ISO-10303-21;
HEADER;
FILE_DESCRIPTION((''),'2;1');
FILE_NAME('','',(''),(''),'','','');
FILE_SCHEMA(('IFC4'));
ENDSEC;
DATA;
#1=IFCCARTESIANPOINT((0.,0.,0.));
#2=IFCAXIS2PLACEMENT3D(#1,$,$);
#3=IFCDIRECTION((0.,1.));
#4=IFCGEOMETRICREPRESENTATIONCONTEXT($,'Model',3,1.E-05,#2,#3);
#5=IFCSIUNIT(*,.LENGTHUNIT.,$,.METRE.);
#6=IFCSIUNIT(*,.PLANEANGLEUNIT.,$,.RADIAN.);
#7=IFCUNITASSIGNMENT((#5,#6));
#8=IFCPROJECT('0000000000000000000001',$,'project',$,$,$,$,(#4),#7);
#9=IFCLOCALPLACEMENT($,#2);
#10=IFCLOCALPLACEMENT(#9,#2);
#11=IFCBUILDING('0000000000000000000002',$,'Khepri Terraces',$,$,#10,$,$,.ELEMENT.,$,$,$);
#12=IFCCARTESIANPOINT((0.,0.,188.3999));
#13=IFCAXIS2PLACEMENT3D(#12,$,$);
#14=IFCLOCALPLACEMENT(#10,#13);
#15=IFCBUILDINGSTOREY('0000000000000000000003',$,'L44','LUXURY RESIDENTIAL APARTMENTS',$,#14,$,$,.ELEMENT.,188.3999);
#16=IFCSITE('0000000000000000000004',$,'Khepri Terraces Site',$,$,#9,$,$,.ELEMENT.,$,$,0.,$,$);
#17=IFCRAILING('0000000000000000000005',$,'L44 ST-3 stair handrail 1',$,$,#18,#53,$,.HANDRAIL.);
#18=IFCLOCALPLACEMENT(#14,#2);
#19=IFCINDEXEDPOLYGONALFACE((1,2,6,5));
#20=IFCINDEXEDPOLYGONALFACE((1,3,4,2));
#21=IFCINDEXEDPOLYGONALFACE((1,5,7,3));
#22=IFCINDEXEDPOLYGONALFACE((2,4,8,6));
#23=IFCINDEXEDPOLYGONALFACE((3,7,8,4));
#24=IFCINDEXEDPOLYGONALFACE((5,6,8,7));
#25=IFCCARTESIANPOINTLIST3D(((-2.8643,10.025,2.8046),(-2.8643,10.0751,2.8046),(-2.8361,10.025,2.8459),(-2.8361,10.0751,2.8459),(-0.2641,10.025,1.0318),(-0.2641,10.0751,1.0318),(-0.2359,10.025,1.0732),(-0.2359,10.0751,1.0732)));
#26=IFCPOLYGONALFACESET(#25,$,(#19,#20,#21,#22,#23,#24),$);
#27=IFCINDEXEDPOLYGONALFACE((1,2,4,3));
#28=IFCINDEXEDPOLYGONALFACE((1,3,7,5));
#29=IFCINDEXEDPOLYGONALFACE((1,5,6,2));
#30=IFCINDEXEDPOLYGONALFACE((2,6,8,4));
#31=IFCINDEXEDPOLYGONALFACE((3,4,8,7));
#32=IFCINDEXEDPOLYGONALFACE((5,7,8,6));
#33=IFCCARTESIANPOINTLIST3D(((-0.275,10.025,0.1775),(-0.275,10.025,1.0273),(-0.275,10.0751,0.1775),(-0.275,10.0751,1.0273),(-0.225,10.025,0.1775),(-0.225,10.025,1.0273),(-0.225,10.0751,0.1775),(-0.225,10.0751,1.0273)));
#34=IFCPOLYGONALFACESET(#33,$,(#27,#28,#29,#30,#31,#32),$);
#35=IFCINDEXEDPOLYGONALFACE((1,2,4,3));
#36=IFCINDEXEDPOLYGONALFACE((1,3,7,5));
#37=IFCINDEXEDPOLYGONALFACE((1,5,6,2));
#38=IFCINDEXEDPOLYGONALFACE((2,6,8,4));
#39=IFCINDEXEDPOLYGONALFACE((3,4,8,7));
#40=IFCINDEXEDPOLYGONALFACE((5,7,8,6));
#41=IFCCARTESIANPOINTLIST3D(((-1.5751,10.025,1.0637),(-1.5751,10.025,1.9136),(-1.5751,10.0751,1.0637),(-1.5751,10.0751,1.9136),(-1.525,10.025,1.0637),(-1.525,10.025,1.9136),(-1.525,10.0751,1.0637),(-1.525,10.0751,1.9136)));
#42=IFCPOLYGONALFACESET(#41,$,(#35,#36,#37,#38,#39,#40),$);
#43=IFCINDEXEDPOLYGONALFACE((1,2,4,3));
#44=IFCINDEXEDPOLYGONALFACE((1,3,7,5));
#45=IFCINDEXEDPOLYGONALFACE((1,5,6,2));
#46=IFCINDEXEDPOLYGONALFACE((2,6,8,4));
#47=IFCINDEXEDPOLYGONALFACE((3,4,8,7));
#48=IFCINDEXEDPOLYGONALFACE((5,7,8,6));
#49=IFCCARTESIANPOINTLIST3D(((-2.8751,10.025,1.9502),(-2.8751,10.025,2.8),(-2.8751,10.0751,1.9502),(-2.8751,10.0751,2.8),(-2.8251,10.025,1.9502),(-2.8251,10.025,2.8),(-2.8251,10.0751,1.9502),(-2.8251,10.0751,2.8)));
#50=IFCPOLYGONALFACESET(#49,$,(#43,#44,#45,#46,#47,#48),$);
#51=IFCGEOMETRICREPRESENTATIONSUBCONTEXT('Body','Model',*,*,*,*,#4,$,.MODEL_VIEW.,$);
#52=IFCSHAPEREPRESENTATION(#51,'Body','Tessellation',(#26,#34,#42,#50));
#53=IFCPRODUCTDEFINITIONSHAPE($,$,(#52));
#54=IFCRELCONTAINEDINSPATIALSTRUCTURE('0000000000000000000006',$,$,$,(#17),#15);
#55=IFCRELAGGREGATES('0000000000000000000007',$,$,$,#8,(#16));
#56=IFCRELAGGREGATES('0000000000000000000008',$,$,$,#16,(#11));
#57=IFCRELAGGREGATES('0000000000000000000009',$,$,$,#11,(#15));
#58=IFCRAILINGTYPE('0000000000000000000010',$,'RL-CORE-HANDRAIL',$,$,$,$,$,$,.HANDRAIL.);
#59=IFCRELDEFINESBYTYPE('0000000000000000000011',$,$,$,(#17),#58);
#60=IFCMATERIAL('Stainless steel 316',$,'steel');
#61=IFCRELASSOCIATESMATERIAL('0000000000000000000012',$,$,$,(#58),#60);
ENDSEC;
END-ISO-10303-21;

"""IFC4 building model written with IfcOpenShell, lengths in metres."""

from ifc_helpers import new_model, si_unit, direction, frame, origin, origin_2d, place, context, subcontext, project, spatial, rectangle, extrude, material, type_object, element, save


model = new_model("IFC4")

# Units and contexts
model_context = context("Model", 3, precision=1e-05, world=origin(), true_north=direction((0.0, 1.0)))
body_context = subcontext(model_context, "Body", "Model", "MODEL_VIEW")
ifc_project = project(units=[si_unit("LENGTHUNIT", "METRE"), si_unit("PLANEANGLEUNIT", "RADIAN")], contexts=[model_context])

# Site, building, storey
site_placement = place(None, origin())
site = spatial("IfcSite", under=ifc_project, at=site_placement, Name="Khepri Terraces Site", CompositionType="ELEMENT", RefElevation=0.0)
building_placement = place(site_placement, origin())
building = spatial("IfcBuilding", under=site, at=building_placement, Name="Khepri Terraces", CompositionType="ELEMENT")
storey_placement = place(building_placement, frame((0.0, 0.0, 188.3999)))
storey = spatial("IfcBuildingStorey", under=building, at=storey_placement, Name="L44", Description="LUXURY RESIDENTIAL APARTMENTS", CompositionType="ELEMENT", Elevation=188.3999)

# Railing
ifc_material_1 = material(Name="Stainless steel 316", Category="steel")
railing_type = type_object("IfcRailingType", Name="RL-CORE-HANDRAIL", PredefinedType="HANDRAIL", material=ifc_material_1)
railing_placement = place(storey_placement, frame((-0.25, 10.05, 0.1775)))
element("IfcRailing", 1, at=railing_placement, inside=storey, type_object=railing_type, Name="L44 ST-3 stair handrail 1", PredefinedType="HANDRAIL", context=body_context, shape_type="SweptSolid", body=[
    extrude(rectangle(XDim=0.05, YDim=0.05, at=origin_2d()), frame((0.0, 0.0, 0.875), z_axis=(-0.82624, 0.0, 0.563318), x_axis=(0.0, -1.0, 0.0)), (0.0, 0.0, 1.0), 3.147),
    extrude(rectangle(XDim=0.05, YDim=0.05, at=origin_2d()), origin(), (0.0, 0.0, 1.0), 0.8499),
    extrude(rectangle(XDim=0.05, YDim=0.05, at=origin_2d()), frame((-1.3, 0.0, 0.8862)), (0.0, 0.0, 1.0), 0.8499),
    extrude(rectangle(XDim=0.05, YDim=0.05, at=origin_2d()), frame((-2.6001, 0.0, 1.7727)), (0.0, 0.0, 1.0), 0.8499),
])

save(model, "model.ifc")
